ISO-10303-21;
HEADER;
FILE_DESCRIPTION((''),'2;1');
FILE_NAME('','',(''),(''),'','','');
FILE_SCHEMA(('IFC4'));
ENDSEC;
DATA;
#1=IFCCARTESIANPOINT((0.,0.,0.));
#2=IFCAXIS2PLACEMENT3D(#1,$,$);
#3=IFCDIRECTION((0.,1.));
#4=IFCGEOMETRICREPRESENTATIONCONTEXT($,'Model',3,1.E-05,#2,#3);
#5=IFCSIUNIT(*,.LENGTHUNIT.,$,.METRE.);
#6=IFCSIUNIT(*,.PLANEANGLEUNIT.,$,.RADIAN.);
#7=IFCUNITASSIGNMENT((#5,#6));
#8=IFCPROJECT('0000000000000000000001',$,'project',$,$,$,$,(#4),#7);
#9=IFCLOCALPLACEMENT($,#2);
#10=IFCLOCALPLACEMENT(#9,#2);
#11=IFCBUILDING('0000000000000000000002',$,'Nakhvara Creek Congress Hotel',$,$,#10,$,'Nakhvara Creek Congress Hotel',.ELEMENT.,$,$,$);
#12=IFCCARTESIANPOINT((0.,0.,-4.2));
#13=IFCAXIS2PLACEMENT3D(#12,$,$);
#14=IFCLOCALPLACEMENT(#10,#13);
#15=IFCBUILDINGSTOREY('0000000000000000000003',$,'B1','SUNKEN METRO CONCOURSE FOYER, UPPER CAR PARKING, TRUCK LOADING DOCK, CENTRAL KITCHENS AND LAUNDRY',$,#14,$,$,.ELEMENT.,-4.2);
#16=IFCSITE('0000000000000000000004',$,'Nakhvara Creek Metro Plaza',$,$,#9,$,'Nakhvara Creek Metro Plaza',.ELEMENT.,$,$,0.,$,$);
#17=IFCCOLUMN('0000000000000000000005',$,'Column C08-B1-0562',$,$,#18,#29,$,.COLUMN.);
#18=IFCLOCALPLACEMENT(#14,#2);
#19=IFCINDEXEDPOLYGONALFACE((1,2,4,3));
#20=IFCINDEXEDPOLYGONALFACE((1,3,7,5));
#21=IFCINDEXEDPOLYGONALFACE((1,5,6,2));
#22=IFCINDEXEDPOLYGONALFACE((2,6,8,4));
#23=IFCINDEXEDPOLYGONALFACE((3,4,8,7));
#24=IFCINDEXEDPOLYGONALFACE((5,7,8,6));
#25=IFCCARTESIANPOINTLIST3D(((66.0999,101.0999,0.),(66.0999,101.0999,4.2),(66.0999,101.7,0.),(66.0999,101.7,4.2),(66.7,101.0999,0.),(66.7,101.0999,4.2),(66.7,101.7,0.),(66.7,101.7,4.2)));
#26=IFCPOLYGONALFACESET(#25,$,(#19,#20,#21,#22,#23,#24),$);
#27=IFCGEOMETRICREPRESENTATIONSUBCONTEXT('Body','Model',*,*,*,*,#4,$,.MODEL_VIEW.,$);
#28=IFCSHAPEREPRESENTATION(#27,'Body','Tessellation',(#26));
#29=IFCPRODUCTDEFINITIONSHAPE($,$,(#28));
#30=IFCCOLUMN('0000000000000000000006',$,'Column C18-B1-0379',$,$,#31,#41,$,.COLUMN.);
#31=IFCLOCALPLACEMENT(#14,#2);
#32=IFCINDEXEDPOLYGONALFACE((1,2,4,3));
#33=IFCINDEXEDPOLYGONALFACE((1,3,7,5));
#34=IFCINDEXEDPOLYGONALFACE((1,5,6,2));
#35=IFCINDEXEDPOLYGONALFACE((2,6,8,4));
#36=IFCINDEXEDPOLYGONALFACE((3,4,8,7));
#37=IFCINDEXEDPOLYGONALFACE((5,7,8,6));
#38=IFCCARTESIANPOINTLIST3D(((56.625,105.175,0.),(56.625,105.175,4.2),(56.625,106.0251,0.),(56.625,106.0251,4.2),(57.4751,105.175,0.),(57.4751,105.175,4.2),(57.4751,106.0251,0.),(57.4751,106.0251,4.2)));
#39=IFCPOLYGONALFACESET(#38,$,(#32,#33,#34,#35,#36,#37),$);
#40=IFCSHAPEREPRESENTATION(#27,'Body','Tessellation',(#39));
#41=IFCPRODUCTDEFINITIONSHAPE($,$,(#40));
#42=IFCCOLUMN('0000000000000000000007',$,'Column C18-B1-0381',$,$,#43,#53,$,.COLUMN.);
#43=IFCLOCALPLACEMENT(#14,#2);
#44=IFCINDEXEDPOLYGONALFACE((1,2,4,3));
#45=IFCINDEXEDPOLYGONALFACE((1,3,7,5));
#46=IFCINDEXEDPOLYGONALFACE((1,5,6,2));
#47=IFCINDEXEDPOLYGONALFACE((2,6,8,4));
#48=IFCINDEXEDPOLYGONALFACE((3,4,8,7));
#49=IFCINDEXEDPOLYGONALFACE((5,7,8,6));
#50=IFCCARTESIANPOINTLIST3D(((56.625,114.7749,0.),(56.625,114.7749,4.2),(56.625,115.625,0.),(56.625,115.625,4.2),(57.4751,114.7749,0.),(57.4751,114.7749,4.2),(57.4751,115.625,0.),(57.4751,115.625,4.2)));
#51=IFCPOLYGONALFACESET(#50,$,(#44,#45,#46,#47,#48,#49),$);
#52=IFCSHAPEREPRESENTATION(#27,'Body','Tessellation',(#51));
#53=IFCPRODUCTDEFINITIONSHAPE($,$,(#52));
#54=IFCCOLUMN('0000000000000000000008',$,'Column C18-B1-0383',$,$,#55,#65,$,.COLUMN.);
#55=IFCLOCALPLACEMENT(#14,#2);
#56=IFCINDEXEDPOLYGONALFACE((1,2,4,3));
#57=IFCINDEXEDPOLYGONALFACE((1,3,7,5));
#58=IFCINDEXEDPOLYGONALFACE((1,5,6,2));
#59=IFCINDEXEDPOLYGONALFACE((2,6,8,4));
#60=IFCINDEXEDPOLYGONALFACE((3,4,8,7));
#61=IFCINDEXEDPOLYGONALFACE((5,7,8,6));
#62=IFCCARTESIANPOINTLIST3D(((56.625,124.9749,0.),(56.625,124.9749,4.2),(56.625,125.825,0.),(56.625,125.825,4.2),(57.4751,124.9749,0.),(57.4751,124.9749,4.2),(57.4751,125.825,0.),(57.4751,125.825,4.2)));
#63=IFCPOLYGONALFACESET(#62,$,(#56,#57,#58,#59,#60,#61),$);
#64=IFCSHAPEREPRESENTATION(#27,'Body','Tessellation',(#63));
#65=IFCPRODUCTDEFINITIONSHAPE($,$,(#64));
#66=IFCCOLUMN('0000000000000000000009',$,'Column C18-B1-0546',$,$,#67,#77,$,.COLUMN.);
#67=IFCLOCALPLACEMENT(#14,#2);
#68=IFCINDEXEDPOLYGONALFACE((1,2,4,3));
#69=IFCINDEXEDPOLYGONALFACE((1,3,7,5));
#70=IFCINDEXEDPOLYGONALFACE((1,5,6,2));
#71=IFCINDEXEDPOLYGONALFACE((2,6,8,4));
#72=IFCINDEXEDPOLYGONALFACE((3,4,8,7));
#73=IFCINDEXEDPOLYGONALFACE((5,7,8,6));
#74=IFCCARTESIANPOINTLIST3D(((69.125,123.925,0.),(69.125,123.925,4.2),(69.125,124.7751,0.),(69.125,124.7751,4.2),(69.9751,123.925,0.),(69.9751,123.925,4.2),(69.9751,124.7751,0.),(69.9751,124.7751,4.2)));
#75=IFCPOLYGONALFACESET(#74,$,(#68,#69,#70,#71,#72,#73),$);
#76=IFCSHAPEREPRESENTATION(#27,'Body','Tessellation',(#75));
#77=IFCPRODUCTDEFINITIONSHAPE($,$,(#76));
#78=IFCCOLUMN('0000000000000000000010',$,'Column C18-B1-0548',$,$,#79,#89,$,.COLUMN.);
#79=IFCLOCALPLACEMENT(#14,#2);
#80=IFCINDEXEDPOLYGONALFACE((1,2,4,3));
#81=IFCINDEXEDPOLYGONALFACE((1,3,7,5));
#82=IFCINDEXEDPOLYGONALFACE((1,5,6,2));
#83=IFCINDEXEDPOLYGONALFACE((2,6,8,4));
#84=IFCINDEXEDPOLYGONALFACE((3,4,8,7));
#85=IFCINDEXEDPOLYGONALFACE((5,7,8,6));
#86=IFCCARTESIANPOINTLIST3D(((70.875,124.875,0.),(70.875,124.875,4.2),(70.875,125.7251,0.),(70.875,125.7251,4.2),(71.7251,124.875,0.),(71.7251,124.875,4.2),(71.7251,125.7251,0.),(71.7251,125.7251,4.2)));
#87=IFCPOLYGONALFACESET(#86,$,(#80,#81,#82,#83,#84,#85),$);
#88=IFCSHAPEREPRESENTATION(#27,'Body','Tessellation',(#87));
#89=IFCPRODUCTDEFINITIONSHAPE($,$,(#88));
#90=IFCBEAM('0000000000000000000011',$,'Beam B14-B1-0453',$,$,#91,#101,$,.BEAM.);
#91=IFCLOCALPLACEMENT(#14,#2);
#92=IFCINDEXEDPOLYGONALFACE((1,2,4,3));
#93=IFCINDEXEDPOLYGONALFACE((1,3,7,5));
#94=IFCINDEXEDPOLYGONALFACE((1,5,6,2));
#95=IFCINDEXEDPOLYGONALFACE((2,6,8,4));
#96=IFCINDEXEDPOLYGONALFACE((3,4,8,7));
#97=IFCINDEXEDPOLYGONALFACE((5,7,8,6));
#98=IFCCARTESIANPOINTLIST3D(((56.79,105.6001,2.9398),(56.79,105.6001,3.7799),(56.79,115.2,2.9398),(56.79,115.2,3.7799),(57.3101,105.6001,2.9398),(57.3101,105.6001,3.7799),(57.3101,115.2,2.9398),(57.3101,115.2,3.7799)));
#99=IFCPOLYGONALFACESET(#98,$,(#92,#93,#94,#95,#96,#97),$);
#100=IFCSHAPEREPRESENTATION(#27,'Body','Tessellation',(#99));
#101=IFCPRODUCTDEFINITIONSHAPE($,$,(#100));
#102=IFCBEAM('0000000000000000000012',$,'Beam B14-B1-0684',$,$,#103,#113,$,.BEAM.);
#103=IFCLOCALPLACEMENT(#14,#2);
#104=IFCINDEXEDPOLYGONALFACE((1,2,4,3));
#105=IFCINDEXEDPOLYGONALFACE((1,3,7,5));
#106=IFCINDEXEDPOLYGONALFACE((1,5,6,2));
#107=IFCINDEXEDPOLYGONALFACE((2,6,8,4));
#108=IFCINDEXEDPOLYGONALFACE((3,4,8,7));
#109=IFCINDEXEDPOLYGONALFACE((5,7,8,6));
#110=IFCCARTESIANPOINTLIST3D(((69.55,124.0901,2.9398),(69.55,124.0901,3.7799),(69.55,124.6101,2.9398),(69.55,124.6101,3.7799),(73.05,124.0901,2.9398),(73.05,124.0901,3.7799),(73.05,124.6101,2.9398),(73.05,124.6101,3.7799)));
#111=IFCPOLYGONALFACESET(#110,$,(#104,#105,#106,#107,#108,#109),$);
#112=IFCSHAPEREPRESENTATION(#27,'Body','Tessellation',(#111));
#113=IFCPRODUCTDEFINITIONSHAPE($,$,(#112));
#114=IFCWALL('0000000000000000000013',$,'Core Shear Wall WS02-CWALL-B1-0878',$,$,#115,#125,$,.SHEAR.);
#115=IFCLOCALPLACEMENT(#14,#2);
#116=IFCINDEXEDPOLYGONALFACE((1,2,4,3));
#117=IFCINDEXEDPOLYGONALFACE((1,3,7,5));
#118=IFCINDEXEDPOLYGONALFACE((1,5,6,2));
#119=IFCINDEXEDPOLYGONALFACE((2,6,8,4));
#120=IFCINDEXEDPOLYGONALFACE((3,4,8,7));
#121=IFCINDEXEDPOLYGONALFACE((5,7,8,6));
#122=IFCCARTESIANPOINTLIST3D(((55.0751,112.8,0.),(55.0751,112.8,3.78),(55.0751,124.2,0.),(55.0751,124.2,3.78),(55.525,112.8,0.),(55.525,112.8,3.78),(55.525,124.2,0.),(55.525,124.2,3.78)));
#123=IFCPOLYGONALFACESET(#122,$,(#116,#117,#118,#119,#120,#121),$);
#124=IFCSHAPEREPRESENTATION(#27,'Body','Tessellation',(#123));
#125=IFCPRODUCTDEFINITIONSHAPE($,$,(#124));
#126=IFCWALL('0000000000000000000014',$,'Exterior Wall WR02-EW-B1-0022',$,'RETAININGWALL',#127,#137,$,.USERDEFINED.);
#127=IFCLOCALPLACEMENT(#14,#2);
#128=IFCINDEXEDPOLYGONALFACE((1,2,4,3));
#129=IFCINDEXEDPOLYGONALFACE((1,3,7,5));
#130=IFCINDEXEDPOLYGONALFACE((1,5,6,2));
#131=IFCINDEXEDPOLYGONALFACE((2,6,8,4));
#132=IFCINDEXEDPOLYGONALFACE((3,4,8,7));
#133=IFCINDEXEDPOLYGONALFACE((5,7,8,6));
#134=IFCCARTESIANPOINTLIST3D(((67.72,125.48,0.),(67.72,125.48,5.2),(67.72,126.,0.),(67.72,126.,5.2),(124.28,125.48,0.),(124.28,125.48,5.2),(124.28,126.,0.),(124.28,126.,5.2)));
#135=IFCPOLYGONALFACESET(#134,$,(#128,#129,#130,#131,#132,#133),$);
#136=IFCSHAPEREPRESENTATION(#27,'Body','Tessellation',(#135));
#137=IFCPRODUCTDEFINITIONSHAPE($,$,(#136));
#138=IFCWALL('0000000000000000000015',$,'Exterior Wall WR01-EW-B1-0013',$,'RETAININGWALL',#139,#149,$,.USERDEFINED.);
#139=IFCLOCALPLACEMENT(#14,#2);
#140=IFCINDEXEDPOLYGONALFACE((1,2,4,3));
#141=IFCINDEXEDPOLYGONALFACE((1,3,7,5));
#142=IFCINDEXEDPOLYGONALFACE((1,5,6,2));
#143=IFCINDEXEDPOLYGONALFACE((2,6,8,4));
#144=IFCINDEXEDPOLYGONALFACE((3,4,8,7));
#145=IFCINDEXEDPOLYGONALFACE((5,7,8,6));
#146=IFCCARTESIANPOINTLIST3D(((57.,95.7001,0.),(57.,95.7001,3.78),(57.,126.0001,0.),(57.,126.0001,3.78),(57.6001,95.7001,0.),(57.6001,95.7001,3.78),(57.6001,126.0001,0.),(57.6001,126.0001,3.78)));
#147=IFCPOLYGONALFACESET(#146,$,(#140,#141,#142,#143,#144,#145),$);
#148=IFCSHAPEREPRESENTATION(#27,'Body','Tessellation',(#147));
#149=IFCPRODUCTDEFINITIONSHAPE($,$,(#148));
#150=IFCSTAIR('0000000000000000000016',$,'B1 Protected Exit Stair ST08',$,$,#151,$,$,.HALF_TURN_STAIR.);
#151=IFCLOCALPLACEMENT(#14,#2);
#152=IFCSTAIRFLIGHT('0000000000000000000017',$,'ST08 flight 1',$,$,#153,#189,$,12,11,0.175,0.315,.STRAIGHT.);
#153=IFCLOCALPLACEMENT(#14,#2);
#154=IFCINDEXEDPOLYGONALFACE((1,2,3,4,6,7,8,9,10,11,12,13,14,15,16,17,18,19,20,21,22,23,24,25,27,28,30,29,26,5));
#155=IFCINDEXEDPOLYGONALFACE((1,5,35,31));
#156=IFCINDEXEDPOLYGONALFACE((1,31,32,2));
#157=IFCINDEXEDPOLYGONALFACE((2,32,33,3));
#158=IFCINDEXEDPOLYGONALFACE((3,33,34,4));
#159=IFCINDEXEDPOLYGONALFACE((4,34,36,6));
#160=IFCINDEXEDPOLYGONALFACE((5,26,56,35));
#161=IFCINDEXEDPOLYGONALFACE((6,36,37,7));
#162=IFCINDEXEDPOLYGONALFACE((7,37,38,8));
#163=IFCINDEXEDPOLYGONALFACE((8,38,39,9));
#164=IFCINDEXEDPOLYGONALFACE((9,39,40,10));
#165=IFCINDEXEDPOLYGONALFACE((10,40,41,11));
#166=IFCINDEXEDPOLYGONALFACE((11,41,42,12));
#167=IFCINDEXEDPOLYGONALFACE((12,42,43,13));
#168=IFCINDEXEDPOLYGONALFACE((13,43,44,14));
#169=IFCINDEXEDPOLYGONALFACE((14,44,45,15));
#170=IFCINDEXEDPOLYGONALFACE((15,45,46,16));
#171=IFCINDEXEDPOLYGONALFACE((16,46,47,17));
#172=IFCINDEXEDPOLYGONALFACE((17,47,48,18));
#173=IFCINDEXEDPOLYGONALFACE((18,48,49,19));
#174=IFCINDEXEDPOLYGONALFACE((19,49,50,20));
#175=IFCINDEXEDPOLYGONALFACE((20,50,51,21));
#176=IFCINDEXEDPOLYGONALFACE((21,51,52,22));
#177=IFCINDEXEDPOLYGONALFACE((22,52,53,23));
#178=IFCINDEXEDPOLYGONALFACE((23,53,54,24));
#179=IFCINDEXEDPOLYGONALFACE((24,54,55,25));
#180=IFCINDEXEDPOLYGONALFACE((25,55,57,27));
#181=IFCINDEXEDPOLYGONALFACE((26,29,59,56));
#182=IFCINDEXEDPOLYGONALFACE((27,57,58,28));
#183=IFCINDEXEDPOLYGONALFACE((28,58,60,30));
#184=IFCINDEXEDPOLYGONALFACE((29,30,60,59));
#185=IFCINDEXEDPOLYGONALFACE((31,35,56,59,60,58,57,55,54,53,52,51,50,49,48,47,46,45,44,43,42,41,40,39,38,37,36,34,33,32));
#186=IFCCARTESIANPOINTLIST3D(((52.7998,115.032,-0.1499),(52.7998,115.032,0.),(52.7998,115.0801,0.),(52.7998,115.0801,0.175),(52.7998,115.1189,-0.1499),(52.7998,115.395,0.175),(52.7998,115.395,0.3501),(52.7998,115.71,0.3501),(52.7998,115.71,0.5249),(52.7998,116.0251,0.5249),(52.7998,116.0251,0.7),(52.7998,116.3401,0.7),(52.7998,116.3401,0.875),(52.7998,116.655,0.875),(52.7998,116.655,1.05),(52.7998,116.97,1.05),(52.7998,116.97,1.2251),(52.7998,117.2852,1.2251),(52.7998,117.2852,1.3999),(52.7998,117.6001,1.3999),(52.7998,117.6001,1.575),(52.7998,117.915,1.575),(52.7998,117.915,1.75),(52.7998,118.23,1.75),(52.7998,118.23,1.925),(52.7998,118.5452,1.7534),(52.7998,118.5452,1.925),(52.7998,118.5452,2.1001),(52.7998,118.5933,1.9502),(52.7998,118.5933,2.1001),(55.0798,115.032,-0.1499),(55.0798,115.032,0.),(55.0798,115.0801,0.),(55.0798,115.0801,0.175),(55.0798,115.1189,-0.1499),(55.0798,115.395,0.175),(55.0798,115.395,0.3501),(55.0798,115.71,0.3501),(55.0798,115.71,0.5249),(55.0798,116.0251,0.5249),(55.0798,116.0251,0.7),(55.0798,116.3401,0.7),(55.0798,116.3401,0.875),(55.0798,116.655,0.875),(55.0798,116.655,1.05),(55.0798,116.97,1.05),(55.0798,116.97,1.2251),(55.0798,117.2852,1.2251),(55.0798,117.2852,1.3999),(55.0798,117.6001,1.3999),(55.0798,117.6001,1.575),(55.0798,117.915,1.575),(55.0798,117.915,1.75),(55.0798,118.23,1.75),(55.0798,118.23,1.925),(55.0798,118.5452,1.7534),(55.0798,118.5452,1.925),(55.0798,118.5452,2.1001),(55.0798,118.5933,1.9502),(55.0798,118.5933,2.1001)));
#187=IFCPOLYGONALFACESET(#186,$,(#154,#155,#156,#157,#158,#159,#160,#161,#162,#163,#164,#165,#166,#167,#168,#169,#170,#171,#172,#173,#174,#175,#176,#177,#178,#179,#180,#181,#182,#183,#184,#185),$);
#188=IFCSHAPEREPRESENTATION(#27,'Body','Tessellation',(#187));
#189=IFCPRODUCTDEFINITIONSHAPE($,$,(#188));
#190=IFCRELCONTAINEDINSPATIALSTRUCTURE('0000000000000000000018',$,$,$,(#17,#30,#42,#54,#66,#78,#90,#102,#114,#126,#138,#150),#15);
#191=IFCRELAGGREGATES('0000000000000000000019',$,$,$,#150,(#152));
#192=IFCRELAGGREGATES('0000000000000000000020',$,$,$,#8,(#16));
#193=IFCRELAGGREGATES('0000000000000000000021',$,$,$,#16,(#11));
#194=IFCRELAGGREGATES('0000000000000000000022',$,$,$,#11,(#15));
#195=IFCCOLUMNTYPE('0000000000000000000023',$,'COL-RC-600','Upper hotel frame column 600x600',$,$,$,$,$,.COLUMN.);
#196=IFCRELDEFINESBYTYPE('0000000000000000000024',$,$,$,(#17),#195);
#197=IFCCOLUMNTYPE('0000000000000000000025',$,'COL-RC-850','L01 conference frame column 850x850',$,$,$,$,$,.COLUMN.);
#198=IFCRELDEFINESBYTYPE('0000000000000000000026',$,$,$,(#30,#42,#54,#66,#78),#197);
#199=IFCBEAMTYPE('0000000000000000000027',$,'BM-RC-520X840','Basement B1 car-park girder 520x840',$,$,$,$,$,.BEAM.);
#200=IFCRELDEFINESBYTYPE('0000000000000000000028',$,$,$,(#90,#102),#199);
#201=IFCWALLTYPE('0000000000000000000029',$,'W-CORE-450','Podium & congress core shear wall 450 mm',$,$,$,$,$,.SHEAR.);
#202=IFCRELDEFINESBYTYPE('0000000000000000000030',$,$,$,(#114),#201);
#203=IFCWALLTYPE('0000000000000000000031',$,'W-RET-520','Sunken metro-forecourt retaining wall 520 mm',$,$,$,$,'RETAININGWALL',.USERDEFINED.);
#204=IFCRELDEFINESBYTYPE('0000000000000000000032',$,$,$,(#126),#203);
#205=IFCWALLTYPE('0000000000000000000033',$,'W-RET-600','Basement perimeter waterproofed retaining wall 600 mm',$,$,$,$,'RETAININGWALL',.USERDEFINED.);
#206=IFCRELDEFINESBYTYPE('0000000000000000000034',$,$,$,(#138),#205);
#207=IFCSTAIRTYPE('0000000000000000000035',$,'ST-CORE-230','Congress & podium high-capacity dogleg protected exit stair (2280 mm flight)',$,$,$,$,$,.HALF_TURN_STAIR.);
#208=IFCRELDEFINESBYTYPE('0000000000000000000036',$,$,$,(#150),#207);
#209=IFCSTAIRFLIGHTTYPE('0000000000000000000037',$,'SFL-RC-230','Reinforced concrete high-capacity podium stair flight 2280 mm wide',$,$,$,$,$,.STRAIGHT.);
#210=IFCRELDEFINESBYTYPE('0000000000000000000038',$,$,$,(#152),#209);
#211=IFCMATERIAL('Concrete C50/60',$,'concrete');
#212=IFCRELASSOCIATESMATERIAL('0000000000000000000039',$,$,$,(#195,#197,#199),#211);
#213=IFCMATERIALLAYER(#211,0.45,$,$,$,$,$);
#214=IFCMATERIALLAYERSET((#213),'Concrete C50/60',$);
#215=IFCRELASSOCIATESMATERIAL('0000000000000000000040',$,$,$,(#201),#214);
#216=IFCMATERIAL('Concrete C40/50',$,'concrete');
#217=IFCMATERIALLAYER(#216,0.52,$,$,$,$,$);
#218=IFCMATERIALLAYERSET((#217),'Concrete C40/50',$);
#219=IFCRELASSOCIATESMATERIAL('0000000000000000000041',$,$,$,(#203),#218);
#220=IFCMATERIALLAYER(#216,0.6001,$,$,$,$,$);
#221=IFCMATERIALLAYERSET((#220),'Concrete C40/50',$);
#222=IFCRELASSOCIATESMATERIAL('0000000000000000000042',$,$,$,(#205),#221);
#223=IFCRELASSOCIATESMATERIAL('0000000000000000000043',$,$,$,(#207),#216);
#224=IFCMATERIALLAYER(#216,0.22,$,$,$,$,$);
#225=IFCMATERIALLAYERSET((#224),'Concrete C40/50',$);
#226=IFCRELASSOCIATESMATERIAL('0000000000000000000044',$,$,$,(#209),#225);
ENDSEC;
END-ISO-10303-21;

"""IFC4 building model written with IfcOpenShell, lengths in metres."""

from ifc_helpers import new_model, si_unit, direction, frame, frame_2d, origin, origin_2d, place, context, subcontext, project, spatial, polyline, rectangle, outline, extrude, material, layer, layer_set, material_profile, profile_set, type_object, element, aggregate, save


model = new_model("IFC4")

# Units and contexts
model_context = context("Model", 3, precision=1e-05, world=origin(), true_north=direction((0.0, 1.0)))
body_context = subcontext(model_context, "Body", "Model", "MODEL_VIEW")
ifc_project = project(units=[si_unit("LENGTHUNIT", "METRE"), si_unit("PLANEANGLEUNIT", "RADIAN")], contexts=[model_context])

# Site, building, storey
site_placement = place(None, origin())
site = spatial("IfcSite", under=ifc_project, at=site_placement, Name="Nakhvara Creek Metro Plaza", LongName="Nakhvara Creek Metro Plaza", CompositionType="ELEMENT", RefElevation=0.0)
building_placement = place(site_placement, origin())
building = spatial("IfcBuilding", under=site, at=building_placement, Name="Nakhvara Creek Congress Hotel", LongName="Nakhvara Creek Congress Hotel", CompositionType="ELEMENT")
storey_placement = place(building_placement, frame((0.0, 0.0, -4.2)))
storey = spatial("IfcBuildingStorey", under=building, at=storey_placement, Name="B1", Description="SUNKEN METRO CONCOURSE FOYER, UPPER CAR PARKING, TRUCK LOADING DOCK, CENTRAL KITCHENS AND LAUNDRY", CompositionType="ELEMENT", Elevation=-4.2)

# Columns
ifc_material_1 = material(Name="Concrete C50/60", Category="concrete")
ifc_material_profile_1 = material_profile(ifc_material_1, rectangle(XDim=0.6001, YDim=0.6001, at=origin_2d()), Name="RC-COL 600x600", Category="LoadBearing")
ifc_profile_set_1 = profile_set([ifc_material_profile_1], Name="Concrete C50/60")
column_type_1 = type_object("IfcColumnType", Name="COL-RC-600", Description="Upper hotel frame column 600x600", PredefinedType="COLUMN", material=ifc_profile_set_1)
column_placement = place(storey_placement, frame((66.3999, 101.3999, 0.0), z_axis=(0.0, 0.0, 1.0), x_axis=(1.0, 0.0, 0.0)))
element("IfcColumn", 1, at=column_placement, inside=storey, type_object=column_type_1, Name="Column C08-B1-0562", PredefinedType="COLUMN", context=body_context, shape_type="SweptSolid", body=[
    extrude(rectangle(XDim=0.6001, YDim=0.6001, at=origin_2d()), origin(), (0.0, 0.0, 1.0), 4.2),
])
ifc_material_profile_2 = material_profile(ifc_material_1, rectangle(XDim=0.8501, YDim=0.8501, at=origin_2d()), Name="RC-COL 850x850", Category="LoadBearing")
ifc_profile_set_2 = profile_set([ifc_material_profile_2], Name="Concrete C50/60")
column_type_2 = type_object("IfcColumnType", Name="COL-RC-850", Description="L01 conference frame column 850x850", PredefinedType="COLUMN", material=ifc_profile_set_2)
for number, where, z_axis, x_axis, name in (
    (2, (57.05, 105.6001, 0.0), (0.0, 0.0, 1.0), (1.0, 0.0, 0.0), "Column C18-B1-0379"),
    (3, (57.05, 115.2, 0.0), (0.0, 0.0, 1.0), (1.0, 0.0, 0.0), "Column C18-B1-0381"),
    (4, (57.05, 125.3999, 0.0), (0.0, 0.0, 1.0), (1.0, 0.0, 0.0), "Column C18-B1-0383"),
    (5, (69.55, 124.3501, 0.0), (0.0, 0.0, 1.0), (1.0, 0.0, 0.0), "Column C18-B1-0546"),
    (6, (71.3, 125.3, 0.0), (0.0, 0.0, 1.0), (1.0, 0.0, 0.0), "Column C18-B1-0548"),
):
    element("IfcColumn", number, at=place(storey_placement, frame(where, z_axis=z_axis, x_axis=x_axis)), inside=storey, type_object=column_type_2, Name=name, PredefinedType="COLUMN", context=body_context, shape_type="SweptSolid", body=[
        extrude(rectangle(XDim=0.8501, YDim=0.8501, at=origin_2d()), origin(), (0.0, 0.0, 1.0), 4.2),
    ])

# Beams
ifc_material_profile_3 = material_profile(ifc_material_1, rectangle(XDim=0.52, YDim=0.8401, at=origin_2d()), Name="RC-BM 520x840", Category="LoadBearing")
ifc_profile_set_3 = profile_set([ifc_material_profile_3], Name="Concrete C50/60")
beam_type = type_object("IfcBeamType", Name="BM-RC-520X840", Description="Basement B1 car-park girder 520x840", PredefinedType="BEAM", material=ifc_profile_set_3)
beam_1_placement = place(storey_placement, frame((57.05, 105.6001, 3.3599), z_axis=(0.0, 1.0, 0.0), x_axis=(-1.0, 0.0, 0.0)))
element("IfcBeam", 7, at=beam_1_placement, inside=storey, type_object=beam_type, Name="Beam B14-B1-0453", PredefinedType="BEAM", context=body_context, shape_type="SweptSolid", body=[
    extrude(rectangle(XDim=0.52, YDim=0.8401, at=origin_2d()), origin(), (0.0, 0.0, 1.0), 9.5999),
])
beam_2_placement = place(storey_placement, frame((69.55, 124.3501, 3.3599), z_axis=(1.0, 0.0, 0.0), x_axis=(0.0, 1.0, 0.0)))
element("IfcBeam", 8, at=beam_2_placement, inside=storey, type_object=beam_type, Name="Beam B14-B1-0684", PredefinedType="BEAM", context=body_context, shape_type="SweptSolid", body=[
    extrude(rectangle(XDim=0.52, YDim=0.8401, at=origin_2d()), origin(), (0.0, 0.0, 1.0), 3.5),
])

# Walls
ifc_layer_1 = layer(ifc_material_1, 0.45)
ifc_layer_set_1 = layer_set([ifc_layer_1], Name="Concrete C50/60")
wall_type_1 = type_object("IfcWallType", Name="W-CORE-450", Description="Podium & congress core shear wall 450 mm", PredefinedType="SHEAR", material=ifc_layer_set_1)
wall_1_placement = place(storey_placement, frame((55.3, 112.8, 0.0), z_axis=(0.0, 0.0, 1.0), x_axis=(0.0, 1.0, 0.0)))
element("IfcWall", 9, at=wall_1_placement, inside=storey, type_object=wall_type_1, Name="Core Shear Wall WS02-CWALL-B1-0878", PredefinedType="SHEAR", context=body_context, shape_type="SweptSolid", body=[
    extrude(rectangle(XDim=11.3999, YDim=0.45, at=frame_2d((5.7, 0.0))), origin(), (0.0, 0.0, 1.0), 3.78),
])
ifc_material_2 = material(Name="Concrete C40/50", Category="concrete")
ifc_layer_2 = layer(ifc_material_2, 0.52)
ifc_layer_set_2 = layer_set([ifc_layer_2], Name="Concrete C40/50")
wall_type_2 = type_object("IfcWallType", Name="W-RET-520", Description="Sunken metro-forecourt retaining wall 520 mm", ElementType="RETAININGWALL", PredefinedType="USERDEFINED", material=ifc_layer_set_2)
wall_2_placement = place(storey_placement, frame((67.72, 125.74, 0.0), z_axis=(0.0, 0.0, 1.0), x_axis=(1.0, 0.0, 0.0)))
element("IfcWall", 10, at=wall_2_placement, inside=storey, type_object=wall_type_2, Name="Exterior Wall WR02-EW-B1-0022", ObjectType="RETAININGWALL", PredefinedType="USERDEFINED", context=body_context, shape_type="SweptSolid", body=[
    extrude(rectangle(XDim=56.5601, YDim=0.52, at=frame_2d((28.28, 0.0))), origin(), (0.0, 0.0, 1.0), 5.2),
])
ifc_layer_3 = layer(ifc_material_2, 0.6001)
ifc_layer_set_3 = layer_set([ifc_layer_3], Name="Concrete C40/50")
wall_type_3 = type_object("IfcWallType", Name="W-RET-600", Description="Basement perimeter waterproofed retaining wall 600 mm", ElementType="RETAININGWALL", PredefinedType="USERDEFINED", material=ifc_layer_set_3)
wall_3_placement = place(storey_placement, frame((57.3, 126.0, 0.0), z_axis=(0.0, 0.0, 1.0), x_axis=(0.0, -1.0, 0.0)))
element("IfcWall", 11, at=wall_3_placement, inside=storey, type_object=wall_type_3, Name="Exterior Wall WR01-EW-B1-0013", ObjectType="RETAININGWALL", PredefinedType="USERDEFINED", context=body_context, shape_type="SweptSolid", body=[
    extrude(rectangle(XDim=30.3, YDim=0.6001, at=frame_2d((15.1499, 0.0))), origin(), (0.0, 0.0, 1.0), 3.78),
])

# Stair, stair flight
stair_type = type_object("IfcStairType", Name="ST-CORE-230", Description="Congress & podium high-capacity dogleg protected exit stair (2280 mm flight)", PredefinedType="HALF_TURN_STAIR", material=ifc_material_2)
stair_placement = place(storey_placement, origin())
stair = element("IfcStair", 12, at=stair_placement, inside=storey, type_object=stair_type, Name="B1 Protected Exit Stair ST08", PredefinedType="HALF_TURN_STAIR")
ifc_layer_4 = layer(ifc_material_2, 0.22)
ifc_layer_set_4 = layer_set([ifc_layer_4], Name="Concrete C40/50")
stair_flight_type = type_object("IfcStairFlightType", Name="SFL-RC-230", Description="Reinforced concrete high-capacity podium stair flight 2280 mm wide", PredefinedType="STRAIGHT", material=ifc_layer_set_4)
stair_flight_placement = place(storey_placement, frame((53.9399, 115.0801, 0.0), z_axis=(0.0, 0.0, 1.0), x_axis=(0.0, 1.0, 0.0)))
stair_flight = element("IfcStairFlight", 13, at=stair_flight_placement, type_object=stair_flight_type, Name="ST08 flight 1", NumberOfRisers=12, NumberOfTreads=11, PredefinedType="STRAIGHT", RiserHeight=0.175, TreadLength=0.315, context=body_context, shape_type="SweptSolid", body=[
    extrude(outline(polyline([(-0.0481, 0.0), (0.0, 0.0), (0.0, 0.175), (0.3149, 0.175), (0.3149, 0.3501), (0.6299, 0.3501), (0.6299, 0.5249), (0.9451, 0.5249), (0.9451, 0.7), (1.26, 0.7), (1.26, 0.875), (1.575, 0.875), (1.575, 1.05), (1.8899, 1.05), (1.8899, 1.2251), (2.2051, 1.2251), (2.2051, 1.3999), (2.52, 1.3999), (2.52, 1.575), (2.835, 1.575), (2.835, 1.75), (3.1499, 1.75), (3.1499, 1.925), (3.4651, 1.925), (3.4651, 2.1001), (3.5132, 2.1001), (3.5132, 1.9502), (3.4651, 1.7534), (0.0388, -0.1499), (-0.0481, -0.1499), (-0.0481, 0.0)])), frame((0.0, 1.1401, 0.0), z_axis=(0.0, -1.0, 0.0), x_axis=(1.0, 0.0, 0.0)), (0.0, 0.0, 1.0), 2.28),
])
aggregate(stair, [stair_flight])

save(model, "model.ifc")
